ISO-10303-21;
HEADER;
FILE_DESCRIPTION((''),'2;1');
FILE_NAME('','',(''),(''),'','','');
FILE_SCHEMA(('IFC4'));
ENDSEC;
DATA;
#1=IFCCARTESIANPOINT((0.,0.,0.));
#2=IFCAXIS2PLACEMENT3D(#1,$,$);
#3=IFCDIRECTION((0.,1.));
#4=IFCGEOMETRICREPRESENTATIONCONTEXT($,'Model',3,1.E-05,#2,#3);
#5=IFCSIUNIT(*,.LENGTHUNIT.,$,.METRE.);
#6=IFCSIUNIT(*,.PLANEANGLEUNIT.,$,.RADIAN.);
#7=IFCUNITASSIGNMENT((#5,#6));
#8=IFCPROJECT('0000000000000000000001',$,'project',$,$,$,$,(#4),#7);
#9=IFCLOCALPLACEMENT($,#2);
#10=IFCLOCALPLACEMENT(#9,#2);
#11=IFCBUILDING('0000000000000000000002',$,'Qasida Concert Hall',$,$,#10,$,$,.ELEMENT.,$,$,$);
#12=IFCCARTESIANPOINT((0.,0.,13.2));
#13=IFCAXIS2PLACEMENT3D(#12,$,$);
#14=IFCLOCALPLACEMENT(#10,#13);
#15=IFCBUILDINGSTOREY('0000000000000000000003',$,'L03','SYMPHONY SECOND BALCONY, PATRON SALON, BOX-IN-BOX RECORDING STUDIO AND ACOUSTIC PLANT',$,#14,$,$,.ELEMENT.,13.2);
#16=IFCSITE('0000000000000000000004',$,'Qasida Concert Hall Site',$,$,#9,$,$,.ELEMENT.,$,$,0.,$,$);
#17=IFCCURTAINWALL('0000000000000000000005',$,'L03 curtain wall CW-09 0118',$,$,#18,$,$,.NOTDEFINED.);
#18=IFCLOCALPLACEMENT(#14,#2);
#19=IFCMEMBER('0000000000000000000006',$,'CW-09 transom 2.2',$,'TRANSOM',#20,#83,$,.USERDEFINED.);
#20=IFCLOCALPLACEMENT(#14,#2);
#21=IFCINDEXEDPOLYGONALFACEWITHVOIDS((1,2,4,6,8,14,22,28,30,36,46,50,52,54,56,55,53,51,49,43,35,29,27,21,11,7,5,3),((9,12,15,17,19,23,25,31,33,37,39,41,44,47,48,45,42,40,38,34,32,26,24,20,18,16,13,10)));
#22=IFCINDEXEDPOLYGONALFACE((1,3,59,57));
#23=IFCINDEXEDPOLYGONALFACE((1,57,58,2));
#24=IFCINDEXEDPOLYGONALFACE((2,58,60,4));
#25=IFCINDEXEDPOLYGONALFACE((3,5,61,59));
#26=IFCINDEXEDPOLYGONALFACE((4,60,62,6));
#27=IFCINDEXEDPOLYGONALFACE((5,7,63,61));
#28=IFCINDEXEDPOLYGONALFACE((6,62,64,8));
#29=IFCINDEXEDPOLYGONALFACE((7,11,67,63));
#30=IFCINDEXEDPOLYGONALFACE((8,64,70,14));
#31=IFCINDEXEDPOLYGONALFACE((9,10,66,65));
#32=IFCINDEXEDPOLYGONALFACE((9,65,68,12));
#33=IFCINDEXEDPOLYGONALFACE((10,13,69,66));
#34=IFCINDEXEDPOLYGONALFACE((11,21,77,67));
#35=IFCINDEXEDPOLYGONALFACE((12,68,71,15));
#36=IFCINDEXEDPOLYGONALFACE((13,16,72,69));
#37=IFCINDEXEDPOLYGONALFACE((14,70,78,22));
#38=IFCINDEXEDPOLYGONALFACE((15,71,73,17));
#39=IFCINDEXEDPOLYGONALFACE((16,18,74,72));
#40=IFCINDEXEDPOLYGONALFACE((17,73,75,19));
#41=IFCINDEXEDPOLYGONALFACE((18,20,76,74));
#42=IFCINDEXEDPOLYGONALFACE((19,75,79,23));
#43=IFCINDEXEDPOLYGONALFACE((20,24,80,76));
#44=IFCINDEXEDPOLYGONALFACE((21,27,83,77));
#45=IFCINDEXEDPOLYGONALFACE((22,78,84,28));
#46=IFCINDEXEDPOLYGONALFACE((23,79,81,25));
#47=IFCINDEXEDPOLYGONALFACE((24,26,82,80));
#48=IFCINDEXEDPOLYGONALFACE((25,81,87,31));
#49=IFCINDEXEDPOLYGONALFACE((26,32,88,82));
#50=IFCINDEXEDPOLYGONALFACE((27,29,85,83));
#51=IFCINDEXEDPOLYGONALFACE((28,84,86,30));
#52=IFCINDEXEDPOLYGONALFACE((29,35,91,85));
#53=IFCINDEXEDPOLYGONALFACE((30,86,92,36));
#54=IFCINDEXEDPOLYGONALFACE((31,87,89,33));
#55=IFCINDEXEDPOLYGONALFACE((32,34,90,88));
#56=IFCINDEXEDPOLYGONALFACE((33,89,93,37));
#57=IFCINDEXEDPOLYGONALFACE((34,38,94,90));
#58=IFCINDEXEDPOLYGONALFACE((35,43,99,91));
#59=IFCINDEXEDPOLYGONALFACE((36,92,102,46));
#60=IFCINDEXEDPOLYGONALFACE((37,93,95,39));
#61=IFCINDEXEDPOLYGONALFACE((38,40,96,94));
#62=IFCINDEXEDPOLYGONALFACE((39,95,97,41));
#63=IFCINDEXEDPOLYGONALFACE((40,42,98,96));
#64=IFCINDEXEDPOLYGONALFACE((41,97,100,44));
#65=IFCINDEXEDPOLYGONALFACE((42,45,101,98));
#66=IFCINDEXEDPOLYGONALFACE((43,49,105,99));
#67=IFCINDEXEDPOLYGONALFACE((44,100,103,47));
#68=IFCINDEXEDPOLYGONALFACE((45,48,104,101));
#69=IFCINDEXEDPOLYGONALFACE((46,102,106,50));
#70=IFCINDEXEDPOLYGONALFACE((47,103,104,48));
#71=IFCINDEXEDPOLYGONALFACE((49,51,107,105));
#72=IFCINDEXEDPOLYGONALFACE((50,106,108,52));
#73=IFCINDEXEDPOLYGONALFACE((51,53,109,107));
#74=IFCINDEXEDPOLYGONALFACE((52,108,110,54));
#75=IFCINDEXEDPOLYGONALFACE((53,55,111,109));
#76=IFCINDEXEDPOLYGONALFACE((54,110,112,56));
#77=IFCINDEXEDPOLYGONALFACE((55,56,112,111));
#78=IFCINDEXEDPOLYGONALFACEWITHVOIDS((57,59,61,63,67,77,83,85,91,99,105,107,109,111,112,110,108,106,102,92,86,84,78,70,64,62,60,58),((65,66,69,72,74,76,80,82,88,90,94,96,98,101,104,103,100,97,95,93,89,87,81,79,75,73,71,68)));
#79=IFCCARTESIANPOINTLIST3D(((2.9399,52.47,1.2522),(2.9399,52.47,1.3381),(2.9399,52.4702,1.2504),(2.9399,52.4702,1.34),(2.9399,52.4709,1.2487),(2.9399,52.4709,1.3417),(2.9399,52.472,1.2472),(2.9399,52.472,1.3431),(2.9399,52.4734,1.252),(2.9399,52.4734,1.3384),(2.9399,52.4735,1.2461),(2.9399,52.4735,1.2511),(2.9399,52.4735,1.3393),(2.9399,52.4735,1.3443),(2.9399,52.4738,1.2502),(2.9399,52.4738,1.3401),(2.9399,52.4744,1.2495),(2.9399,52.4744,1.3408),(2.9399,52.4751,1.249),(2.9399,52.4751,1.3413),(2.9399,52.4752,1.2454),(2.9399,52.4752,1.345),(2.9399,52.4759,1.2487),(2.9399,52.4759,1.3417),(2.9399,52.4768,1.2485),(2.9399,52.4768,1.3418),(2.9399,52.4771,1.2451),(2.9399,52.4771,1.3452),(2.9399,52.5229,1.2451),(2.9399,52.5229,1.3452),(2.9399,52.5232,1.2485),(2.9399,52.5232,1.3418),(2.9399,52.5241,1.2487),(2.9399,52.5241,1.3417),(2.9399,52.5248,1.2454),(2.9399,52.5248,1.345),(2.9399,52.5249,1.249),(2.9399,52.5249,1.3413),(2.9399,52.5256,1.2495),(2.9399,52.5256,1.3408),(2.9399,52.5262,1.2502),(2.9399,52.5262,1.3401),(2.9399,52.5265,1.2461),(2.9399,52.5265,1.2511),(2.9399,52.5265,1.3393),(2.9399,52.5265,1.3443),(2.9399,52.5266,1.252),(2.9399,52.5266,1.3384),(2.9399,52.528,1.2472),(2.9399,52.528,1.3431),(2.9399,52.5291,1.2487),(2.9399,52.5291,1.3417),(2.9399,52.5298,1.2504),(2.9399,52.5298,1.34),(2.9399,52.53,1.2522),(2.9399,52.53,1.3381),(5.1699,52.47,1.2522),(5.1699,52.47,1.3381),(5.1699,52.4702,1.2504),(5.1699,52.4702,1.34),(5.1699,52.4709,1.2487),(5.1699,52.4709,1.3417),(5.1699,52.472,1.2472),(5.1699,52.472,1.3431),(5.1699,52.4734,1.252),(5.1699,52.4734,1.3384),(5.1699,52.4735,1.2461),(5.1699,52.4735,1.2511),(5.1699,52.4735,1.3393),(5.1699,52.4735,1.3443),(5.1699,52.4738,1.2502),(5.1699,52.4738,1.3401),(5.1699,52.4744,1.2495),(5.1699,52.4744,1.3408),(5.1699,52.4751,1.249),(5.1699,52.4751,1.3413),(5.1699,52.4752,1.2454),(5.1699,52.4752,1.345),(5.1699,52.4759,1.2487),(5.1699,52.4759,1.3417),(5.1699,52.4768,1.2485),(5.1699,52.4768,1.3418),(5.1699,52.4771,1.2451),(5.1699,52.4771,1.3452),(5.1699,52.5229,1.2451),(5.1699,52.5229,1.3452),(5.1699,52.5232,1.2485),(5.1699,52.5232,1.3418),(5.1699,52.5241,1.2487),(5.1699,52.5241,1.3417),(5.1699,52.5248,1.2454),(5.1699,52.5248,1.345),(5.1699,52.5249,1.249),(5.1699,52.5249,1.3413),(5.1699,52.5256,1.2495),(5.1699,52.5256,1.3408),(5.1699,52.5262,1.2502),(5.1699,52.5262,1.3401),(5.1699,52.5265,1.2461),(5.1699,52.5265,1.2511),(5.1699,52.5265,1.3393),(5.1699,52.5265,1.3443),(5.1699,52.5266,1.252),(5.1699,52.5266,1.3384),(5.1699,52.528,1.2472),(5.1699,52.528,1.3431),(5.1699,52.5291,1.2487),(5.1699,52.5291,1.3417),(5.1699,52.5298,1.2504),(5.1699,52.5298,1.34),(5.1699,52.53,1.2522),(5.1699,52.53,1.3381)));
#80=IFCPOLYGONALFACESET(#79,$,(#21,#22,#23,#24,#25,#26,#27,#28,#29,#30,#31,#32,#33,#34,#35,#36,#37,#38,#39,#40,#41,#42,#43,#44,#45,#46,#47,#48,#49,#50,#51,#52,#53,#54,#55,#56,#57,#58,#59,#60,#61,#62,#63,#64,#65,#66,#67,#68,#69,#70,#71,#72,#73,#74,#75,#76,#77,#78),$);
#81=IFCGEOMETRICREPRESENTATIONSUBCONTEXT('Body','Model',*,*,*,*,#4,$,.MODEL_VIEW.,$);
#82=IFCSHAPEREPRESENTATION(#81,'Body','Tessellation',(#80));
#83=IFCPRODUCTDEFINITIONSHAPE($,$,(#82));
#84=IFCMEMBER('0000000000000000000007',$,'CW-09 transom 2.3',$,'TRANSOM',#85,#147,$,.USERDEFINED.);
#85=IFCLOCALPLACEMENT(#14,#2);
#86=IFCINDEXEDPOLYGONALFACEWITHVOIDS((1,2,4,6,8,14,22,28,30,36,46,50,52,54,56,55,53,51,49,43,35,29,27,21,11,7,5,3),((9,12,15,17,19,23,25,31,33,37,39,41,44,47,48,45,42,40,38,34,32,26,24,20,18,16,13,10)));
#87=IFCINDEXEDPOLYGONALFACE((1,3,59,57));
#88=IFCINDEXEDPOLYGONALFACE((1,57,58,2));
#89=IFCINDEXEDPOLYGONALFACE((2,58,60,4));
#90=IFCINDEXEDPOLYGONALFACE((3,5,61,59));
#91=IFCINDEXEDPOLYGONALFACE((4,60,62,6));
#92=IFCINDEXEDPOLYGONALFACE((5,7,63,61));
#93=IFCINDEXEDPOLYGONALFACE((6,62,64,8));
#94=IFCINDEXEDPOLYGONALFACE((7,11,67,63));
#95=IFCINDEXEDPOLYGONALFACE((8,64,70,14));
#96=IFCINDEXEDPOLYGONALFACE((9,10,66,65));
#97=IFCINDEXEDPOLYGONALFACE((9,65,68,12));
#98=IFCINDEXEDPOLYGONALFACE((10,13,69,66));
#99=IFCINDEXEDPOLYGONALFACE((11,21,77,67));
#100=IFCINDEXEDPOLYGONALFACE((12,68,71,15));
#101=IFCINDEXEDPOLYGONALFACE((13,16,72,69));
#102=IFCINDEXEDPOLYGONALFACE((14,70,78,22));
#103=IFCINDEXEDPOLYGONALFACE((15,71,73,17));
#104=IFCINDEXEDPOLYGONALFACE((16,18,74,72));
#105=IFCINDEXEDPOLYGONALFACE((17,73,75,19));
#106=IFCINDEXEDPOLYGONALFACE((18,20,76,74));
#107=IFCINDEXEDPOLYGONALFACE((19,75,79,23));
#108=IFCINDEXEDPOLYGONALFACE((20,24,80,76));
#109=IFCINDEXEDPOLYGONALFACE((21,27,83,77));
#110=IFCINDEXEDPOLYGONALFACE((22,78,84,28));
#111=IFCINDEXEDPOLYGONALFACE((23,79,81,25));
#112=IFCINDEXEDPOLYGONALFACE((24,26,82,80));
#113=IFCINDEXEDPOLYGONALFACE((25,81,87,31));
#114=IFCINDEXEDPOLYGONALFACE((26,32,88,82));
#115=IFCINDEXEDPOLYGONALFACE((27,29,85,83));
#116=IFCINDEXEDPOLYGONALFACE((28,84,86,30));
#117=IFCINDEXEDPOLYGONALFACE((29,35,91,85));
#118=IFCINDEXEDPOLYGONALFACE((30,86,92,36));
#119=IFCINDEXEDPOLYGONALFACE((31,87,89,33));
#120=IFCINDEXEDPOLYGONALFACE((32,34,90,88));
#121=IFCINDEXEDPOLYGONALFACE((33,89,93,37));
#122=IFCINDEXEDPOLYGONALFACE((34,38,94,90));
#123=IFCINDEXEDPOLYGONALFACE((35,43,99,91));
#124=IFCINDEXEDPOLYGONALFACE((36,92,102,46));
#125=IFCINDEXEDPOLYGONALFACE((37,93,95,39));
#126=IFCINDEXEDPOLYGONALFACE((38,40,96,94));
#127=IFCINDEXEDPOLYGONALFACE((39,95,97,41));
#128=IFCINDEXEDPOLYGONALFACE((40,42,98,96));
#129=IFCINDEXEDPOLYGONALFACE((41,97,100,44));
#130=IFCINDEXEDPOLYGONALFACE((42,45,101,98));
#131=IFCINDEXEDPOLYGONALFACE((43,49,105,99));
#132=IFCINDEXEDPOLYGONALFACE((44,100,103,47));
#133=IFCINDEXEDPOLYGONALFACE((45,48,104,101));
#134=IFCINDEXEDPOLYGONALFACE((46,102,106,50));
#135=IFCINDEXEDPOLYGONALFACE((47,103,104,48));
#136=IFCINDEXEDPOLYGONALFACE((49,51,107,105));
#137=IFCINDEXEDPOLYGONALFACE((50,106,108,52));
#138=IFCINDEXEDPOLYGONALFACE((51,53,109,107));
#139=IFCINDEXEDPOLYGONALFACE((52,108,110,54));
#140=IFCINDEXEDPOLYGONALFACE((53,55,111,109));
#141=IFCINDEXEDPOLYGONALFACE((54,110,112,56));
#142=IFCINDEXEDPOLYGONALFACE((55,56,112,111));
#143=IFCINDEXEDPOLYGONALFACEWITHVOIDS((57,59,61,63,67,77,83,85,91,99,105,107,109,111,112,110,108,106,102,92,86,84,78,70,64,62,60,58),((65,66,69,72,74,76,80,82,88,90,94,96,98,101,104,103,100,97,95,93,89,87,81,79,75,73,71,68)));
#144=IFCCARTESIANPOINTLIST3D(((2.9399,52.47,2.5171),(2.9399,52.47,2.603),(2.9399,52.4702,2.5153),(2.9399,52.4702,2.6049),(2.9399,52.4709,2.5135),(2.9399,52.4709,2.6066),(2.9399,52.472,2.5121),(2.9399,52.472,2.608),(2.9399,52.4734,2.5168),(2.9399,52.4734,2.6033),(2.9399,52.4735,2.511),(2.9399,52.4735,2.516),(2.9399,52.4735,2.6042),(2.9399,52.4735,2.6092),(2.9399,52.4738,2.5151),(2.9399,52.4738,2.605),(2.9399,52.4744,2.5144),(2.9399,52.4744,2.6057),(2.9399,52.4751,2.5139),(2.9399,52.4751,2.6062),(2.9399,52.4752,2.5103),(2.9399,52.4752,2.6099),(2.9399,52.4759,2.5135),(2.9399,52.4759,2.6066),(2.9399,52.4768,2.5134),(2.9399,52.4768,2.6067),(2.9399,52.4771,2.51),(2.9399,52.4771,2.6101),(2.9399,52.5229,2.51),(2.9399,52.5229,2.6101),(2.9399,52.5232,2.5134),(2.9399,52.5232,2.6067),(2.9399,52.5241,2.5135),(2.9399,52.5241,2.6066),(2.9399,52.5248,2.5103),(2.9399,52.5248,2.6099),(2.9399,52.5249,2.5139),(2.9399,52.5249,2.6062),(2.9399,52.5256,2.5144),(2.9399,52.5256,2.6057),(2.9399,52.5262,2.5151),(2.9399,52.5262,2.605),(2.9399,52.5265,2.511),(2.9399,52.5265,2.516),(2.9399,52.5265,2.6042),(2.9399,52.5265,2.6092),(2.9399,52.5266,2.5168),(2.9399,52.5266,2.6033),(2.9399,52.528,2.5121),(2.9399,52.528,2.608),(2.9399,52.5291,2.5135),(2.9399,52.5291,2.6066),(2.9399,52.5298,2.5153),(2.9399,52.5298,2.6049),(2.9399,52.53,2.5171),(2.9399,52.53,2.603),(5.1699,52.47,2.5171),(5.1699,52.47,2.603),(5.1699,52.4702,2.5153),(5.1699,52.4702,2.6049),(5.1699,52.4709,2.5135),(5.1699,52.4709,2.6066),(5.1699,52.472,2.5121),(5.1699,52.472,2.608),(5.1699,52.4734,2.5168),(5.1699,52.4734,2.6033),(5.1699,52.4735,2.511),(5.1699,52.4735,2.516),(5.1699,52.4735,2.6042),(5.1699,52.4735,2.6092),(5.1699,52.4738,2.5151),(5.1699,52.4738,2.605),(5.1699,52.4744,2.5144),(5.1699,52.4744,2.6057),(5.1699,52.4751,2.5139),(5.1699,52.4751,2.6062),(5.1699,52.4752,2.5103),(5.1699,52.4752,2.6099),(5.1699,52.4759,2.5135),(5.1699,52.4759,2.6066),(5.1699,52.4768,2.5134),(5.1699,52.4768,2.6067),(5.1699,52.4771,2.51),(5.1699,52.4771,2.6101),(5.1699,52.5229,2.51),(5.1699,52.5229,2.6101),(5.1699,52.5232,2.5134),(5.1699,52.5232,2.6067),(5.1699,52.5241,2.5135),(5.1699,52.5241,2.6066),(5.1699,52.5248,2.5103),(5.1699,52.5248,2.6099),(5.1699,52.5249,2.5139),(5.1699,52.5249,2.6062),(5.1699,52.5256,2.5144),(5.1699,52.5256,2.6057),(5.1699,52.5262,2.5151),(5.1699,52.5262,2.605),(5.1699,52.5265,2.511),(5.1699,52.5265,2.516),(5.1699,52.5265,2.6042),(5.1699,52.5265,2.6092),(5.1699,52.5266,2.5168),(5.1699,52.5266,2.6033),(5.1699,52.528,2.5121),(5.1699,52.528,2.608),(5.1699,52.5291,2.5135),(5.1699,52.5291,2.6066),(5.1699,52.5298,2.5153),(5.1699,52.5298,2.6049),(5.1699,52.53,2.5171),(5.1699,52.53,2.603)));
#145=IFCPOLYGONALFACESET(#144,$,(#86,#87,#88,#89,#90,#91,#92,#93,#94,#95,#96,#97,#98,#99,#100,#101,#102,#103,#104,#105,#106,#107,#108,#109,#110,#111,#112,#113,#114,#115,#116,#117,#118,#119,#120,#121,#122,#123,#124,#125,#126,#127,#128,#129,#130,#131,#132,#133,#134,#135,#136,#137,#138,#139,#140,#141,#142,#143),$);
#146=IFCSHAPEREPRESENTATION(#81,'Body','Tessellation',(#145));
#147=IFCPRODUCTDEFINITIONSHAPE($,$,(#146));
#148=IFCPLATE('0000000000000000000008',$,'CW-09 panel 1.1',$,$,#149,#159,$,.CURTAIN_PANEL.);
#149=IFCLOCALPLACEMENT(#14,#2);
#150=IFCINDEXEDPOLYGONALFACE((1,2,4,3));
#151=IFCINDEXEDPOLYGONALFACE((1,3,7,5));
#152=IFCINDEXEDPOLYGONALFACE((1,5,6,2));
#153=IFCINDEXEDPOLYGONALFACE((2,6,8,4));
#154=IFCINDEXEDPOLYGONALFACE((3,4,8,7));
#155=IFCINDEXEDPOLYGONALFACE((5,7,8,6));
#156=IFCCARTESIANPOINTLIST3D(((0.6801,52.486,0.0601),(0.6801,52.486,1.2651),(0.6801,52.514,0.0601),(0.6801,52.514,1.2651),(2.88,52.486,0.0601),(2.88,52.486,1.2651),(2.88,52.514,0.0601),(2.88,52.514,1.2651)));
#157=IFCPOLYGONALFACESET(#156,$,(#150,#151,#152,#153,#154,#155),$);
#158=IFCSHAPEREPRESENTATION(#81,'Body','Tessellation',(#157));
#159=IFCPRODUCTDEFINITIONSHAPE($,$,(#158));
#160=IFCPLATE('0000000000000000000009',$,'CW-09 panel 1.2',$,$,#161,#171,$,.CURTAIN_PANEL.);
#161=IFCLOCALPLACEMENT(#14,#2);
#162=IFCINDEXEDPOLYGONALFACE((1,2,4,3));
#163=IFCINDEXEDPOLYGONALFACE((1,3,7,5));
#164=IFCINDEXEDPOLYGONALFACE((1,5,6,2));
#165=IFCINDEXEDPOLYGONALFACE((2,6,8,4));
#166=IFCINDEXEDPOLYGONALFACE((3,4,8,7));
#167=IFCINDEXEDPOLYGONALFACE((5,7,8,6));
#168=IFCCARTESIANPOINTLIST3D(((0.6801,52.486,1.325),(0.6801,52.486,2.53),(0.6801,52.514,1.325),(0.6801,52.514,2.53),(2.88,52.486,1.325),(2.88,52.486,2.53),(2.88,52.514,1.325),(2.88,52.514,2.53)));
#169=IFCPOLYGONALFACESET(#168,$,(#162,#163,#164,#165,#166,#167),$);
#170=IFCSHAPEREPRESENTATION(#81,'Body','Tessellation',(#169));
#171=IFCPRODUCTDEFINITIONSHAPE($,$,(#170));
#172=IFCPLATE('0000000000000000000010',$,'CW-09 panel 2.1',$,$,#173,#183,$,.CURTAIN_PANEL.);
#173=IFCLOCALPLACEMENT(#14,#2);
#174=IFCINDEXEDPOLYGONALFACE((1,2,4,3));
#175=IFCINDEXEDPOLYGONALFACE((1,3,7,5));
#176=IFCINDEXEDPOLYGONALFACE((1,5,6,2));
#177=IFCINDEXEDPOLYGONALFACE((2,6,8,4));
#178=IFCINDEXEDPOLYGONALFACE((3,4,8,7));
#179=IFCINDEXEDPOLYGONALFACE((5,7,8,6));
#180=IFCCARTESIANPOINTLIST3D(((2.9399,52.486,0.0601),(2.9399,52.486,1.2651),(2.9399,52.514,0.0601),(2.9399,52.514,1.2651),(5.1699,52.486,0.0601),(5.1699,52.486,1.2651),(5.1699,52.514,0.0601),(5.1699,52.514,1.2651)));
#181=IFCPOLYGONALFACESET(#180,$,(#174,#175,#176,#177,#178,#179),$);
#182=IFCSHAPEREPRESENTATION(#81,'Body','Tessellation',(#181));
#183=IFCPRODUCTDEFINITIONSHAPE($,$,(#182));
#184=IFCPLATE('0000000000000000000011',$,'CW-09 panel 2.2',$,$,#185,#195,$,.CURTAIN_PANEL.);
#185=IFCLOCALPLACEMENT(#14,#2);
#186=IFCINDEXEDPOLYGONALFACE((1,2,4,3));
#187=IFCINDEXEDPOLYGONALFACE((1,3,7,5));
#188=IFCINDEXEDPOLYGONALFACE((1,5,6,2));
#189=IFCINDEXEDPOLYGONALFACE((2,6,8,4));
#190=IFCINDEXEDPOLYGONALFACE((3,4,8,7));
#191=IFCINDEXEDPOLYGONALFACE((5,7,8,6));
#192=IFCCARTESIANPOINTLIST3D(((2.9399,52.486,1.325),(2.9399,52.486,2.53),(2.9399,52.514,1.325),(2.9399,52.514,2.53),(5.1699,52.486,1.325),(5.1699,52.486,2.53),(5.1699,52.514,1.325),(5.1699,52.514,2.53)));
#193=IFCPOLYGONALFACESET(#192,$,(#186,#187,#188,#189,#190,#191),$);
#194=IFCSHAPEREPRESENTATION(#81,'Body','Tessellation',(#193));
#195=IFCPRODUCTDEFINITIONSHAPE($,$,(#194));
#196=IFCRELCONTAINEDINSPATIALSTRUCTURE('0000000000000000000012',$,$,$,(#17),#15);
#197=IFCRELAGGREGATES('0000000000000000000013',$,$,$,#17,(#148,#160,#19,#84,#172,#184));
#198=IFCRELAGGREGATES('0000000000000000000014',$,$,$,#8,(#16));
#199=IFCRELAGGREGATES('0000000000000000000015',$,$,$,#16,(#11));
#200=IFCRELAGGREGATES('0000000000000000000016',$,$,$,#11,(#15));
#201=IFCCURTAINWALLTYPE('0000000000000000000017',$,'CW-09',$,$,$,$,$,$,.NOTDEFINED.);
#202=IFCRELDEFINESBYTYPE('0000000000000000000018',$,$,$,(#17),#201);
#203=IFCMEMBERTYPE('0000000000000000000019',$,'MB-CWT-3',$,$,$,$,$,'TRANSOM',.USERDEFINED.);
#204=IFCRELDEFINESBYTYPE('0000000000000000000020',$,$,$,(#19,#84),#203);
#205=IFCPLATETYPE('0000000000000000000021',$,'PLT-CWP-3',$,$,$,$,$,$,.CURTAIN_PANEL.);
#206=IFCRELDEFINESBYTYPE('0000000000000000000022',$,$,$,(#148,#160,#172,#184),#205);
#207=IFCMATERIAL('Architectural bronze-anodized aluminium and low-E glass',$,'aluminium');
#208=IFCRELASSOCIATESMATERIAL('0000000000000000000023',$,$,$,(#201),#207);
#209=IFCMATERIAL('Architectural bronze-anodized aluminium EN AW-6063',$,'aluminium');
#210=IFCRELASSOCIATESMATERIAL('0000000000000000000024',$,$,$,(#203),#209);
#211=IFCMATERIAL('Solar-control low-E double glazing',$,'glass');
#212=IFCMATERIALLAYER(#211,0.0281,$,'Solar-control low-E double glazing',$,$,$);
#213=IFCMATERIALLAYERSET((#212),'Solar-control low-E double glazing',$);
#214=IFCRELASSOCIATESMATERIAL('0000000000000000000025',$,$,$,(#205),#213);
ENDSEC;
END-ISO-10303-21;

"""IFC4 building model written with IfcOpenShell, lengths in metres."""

from ifc_helpers import new_model, si_unit, direction, frame, origin, origin_2d, place, context, subcontext, project, spatial, rectangle, hollow_rectangle, extrude, material, layer, layer_set, material_profile, profile_set, type_object, element, aggregate, save


model = new_model("IFC4")

# Units and contexts
model_context = context("Model", 3, precision=1e-05, world=origin(), true_north=direction((0.0, 1.0)))
body_context = subcontext(model_context, "Body", "Model", "MODEL_VIEW")
ifc_project = project(units=[si_unit("LENGTHUNIT", "METRE"), si_unit("PLANEANGLEUNIT", "RADIAN")], contexts=[model_context])

# Site, building, storey
site_placement = place(None, origin())
site = spatial("IfcSite", under=ifc_project, at=site_placement, Name="Qasida Concert Hall Site", CompositionType="ELEMENT", RefElevation=0.0)
building_placement = place(site_placement, origin())
building = spatial("IfcBuilding", under=site, at=building_placement, Name="Qasida Concert Hall", CompositionType="ELEMENT")
storey_placement = place(building_placement, frame((0.0, 0.0, 13.2)))
storey = spatial("IfcBuildingStorey", under=building, at=storey_placement, Name="L03", Description="SYMPHONY SECOND BALCONY, PATRON SALON, BOX-IN-BOX RECORDING STUDIO AND ACOUSTIC PLANT", CompositionType="ELEMENT", Elevation=13.2)

# Curtain wall
ifc_material_1 = material(Name="Architectural bronze-anodized aluminium and low-E glass", Category="aluminium")
curtain_wall_type = type_object("IfcCurtainWallType", Name="CW-09", PredefinedType="NOTDEFINED", material=ifc_material_1)
curtain_wall_1_placement = place(storey_placement, origin())
curtain_wall_1 = element("IfcCurtainWall", 1, at=curtain_wall_1_placement, inside=storey, type_object=curtain_wall_type, Name="L03 curtain wall CW-09 0118", PredefinedType="NOTDEFINED")
ifc_material_2 = material(Name="Architectural bronze-anodized aluminium EN AW-6063", Category="aluminium")

# Members
ifc_material_profile_1 = material_profile(ifc_material_2, hollow_rectangle(XDim=0.0601, YDim=0.1001, WallThickness=0.0034, InnerFilletRadius=0.0034, OuterFilletRadius=0.0071, at=origin_2d()), Name="CWT 100x60x3.5")
ifc_profile_set_1 = profile_set([ifc_material_profile_1], Name="Architectural bronze-anodized aluminium EN AW-6063")
member_type_1 = type_object("IfcMemberType", Name="MB-CWT-3", ElementType="TRANSOM", PredefinedType="USERDEFINED", material=ifc_profile_set_1)
member_1_placement = place(storey_placement, frame((2.9399, 52.5, 1.2952), z_axis=(1.0, 0.0, 0.0), x_axis=(0.0, 1.0, 0.0)))
member_1 = element("IfcMember", 2, at=member_1_placement, type_object=member_type_1, Name="CW-09 transom 2.2", ObjectType="TRANSOM", PredefinedType="USERDEFINED", context=body_context, shape_type="SweptSolid", body=[
    extrude(hollow_rectangle(XDim=0.0601, YDim=0.1001, WallThickness=0.0034, InnerFilletRadius=0.0034, OuterFilletRadius=0.0071, at=origin_2d()), origin(), (0.0, 0.0, 1.0), 2.23),
])
member_2_placement = place(storey_placement, frame((2.9399, 52.5, 2.5601), z_axis=(1.0, 0.0, 0.0), x_axis=(0.0, 1.0, 0.0)))
member_2 = element("IfcMember", 3, at=member_2_placement, type_object=member_type_1, Name="CW-09 transom 2.3", ObjectType="TRANSOM", PredefinedType="USERDEFINED", context=body_context, shape_type="SweptSolid", body=[
    extrude(hollow_rectangle(XDim=0.0601, YDim=0.1001, WallThickness=0.0034, InnerFilletRadius=0.0034, OuterFilletRadius=0.0071, at=origin_2d()), origin(), (0.0, 0.0, 1.0), 2.23),
])

# Plates
ifc_material_3 = material(Name="Solar-control low-E double glazing", Category="glass")
ifc_layer_1 = layer(ifc_material_3, 0.0281, Name="Solar-control low-E double glazing")
ifc_layer_set_1 = layer_set([ifc_layer_1], Name="Solar-control low-E double glazing")
plate_type = type_object("IfcPlateType", Name="PLT-CWP-3", PredefinedType="CURTAIN_PANEL", material=ifc_layer_set_1)
plate_1_placement = place(storey_placement, frame((1.78, 52.5, 0.0601), z_axis=(0.0, 0.0, 1.0), x_axis=(1.0, 0.0, 0.0)))
plate_1 = element("IfcPlate", 4, at=plate_1_placement, type_object=plate_type, Name="CW-09 panel 1.1", PredefinedType="CURTAIN_PANEL", context=body_context, shape_type="SweptSolid", body=[
    extrude(rectangle(XDim=2.2, YDim=0.0281, at=origin_2d()), origin(), (0.0, 0.0, 1.0), 1.2051),
])
plate_2_placement = place(storey_placement, frame((1.78, 52.5, 1.325), z_axis=(0.0, 0.0, 1.0), x_axis=(1.0, 0.0, 0.0)))
plate_2 = element("IfcPlate", 5, at=plate_2_placement, type_object=plate_type, Name="CW-09 panel 1.2", PredefinedType="CURTAIN_PANEL", context=body_context, shape_type="SweptSolid", body=[
    extrude(rectangle(XDim=2.2, YDim=0.0281, at=origin_2d()), origin(), (0.0, 0.0, 1.0), 1.2051),
])
plate_3_placement = place(storey_placement, frame((4.0549, 52.5, 0.0601), z_axis=(0.0, 0.0, 1.0), x_axis=(1.0, 0.0, 0.0)))
plate_3 = element("IfcPlate", 6, at=plate_3_placement, type_object=plate_type, Name="CW-09 panel 2.1", PredefinedType="CURTAIN_PANEL", context=body_context, shape_type="SweptSolid", body=[
    extrude(rectangle(XDim=2.23, YDim=0.0281, at=origin_2d()), origin(), (0.0, 0.0, 1.0), 1.2051),
])
plate_4_placement = place(storey_placement, frame((4.0549, 52.5, 1.325), z_axis=(0.0, 0.0, 1.0), x_axis=(1.0, 0.0, 0.0)))
plate_4 = element("IfcPlate", 7, at=plate_4_placement, type_object=plate_type, Name="CW-09 panel 2.2", PredefinedType="CURTAIN_PANEL", context=body_context, shape_type="SweptSolid", body=[
    extrude(rectangle(XDim=2.23, YDim=0.0281, at=origin_2d()), origin(), (0.0, 0.0, 1.0), 1.2051),
])
aggregate(curtain_wall_1, [plate_1, plate_2, member_1, member_2, plate_3, plate_4])

save(model, "model.ifc")
